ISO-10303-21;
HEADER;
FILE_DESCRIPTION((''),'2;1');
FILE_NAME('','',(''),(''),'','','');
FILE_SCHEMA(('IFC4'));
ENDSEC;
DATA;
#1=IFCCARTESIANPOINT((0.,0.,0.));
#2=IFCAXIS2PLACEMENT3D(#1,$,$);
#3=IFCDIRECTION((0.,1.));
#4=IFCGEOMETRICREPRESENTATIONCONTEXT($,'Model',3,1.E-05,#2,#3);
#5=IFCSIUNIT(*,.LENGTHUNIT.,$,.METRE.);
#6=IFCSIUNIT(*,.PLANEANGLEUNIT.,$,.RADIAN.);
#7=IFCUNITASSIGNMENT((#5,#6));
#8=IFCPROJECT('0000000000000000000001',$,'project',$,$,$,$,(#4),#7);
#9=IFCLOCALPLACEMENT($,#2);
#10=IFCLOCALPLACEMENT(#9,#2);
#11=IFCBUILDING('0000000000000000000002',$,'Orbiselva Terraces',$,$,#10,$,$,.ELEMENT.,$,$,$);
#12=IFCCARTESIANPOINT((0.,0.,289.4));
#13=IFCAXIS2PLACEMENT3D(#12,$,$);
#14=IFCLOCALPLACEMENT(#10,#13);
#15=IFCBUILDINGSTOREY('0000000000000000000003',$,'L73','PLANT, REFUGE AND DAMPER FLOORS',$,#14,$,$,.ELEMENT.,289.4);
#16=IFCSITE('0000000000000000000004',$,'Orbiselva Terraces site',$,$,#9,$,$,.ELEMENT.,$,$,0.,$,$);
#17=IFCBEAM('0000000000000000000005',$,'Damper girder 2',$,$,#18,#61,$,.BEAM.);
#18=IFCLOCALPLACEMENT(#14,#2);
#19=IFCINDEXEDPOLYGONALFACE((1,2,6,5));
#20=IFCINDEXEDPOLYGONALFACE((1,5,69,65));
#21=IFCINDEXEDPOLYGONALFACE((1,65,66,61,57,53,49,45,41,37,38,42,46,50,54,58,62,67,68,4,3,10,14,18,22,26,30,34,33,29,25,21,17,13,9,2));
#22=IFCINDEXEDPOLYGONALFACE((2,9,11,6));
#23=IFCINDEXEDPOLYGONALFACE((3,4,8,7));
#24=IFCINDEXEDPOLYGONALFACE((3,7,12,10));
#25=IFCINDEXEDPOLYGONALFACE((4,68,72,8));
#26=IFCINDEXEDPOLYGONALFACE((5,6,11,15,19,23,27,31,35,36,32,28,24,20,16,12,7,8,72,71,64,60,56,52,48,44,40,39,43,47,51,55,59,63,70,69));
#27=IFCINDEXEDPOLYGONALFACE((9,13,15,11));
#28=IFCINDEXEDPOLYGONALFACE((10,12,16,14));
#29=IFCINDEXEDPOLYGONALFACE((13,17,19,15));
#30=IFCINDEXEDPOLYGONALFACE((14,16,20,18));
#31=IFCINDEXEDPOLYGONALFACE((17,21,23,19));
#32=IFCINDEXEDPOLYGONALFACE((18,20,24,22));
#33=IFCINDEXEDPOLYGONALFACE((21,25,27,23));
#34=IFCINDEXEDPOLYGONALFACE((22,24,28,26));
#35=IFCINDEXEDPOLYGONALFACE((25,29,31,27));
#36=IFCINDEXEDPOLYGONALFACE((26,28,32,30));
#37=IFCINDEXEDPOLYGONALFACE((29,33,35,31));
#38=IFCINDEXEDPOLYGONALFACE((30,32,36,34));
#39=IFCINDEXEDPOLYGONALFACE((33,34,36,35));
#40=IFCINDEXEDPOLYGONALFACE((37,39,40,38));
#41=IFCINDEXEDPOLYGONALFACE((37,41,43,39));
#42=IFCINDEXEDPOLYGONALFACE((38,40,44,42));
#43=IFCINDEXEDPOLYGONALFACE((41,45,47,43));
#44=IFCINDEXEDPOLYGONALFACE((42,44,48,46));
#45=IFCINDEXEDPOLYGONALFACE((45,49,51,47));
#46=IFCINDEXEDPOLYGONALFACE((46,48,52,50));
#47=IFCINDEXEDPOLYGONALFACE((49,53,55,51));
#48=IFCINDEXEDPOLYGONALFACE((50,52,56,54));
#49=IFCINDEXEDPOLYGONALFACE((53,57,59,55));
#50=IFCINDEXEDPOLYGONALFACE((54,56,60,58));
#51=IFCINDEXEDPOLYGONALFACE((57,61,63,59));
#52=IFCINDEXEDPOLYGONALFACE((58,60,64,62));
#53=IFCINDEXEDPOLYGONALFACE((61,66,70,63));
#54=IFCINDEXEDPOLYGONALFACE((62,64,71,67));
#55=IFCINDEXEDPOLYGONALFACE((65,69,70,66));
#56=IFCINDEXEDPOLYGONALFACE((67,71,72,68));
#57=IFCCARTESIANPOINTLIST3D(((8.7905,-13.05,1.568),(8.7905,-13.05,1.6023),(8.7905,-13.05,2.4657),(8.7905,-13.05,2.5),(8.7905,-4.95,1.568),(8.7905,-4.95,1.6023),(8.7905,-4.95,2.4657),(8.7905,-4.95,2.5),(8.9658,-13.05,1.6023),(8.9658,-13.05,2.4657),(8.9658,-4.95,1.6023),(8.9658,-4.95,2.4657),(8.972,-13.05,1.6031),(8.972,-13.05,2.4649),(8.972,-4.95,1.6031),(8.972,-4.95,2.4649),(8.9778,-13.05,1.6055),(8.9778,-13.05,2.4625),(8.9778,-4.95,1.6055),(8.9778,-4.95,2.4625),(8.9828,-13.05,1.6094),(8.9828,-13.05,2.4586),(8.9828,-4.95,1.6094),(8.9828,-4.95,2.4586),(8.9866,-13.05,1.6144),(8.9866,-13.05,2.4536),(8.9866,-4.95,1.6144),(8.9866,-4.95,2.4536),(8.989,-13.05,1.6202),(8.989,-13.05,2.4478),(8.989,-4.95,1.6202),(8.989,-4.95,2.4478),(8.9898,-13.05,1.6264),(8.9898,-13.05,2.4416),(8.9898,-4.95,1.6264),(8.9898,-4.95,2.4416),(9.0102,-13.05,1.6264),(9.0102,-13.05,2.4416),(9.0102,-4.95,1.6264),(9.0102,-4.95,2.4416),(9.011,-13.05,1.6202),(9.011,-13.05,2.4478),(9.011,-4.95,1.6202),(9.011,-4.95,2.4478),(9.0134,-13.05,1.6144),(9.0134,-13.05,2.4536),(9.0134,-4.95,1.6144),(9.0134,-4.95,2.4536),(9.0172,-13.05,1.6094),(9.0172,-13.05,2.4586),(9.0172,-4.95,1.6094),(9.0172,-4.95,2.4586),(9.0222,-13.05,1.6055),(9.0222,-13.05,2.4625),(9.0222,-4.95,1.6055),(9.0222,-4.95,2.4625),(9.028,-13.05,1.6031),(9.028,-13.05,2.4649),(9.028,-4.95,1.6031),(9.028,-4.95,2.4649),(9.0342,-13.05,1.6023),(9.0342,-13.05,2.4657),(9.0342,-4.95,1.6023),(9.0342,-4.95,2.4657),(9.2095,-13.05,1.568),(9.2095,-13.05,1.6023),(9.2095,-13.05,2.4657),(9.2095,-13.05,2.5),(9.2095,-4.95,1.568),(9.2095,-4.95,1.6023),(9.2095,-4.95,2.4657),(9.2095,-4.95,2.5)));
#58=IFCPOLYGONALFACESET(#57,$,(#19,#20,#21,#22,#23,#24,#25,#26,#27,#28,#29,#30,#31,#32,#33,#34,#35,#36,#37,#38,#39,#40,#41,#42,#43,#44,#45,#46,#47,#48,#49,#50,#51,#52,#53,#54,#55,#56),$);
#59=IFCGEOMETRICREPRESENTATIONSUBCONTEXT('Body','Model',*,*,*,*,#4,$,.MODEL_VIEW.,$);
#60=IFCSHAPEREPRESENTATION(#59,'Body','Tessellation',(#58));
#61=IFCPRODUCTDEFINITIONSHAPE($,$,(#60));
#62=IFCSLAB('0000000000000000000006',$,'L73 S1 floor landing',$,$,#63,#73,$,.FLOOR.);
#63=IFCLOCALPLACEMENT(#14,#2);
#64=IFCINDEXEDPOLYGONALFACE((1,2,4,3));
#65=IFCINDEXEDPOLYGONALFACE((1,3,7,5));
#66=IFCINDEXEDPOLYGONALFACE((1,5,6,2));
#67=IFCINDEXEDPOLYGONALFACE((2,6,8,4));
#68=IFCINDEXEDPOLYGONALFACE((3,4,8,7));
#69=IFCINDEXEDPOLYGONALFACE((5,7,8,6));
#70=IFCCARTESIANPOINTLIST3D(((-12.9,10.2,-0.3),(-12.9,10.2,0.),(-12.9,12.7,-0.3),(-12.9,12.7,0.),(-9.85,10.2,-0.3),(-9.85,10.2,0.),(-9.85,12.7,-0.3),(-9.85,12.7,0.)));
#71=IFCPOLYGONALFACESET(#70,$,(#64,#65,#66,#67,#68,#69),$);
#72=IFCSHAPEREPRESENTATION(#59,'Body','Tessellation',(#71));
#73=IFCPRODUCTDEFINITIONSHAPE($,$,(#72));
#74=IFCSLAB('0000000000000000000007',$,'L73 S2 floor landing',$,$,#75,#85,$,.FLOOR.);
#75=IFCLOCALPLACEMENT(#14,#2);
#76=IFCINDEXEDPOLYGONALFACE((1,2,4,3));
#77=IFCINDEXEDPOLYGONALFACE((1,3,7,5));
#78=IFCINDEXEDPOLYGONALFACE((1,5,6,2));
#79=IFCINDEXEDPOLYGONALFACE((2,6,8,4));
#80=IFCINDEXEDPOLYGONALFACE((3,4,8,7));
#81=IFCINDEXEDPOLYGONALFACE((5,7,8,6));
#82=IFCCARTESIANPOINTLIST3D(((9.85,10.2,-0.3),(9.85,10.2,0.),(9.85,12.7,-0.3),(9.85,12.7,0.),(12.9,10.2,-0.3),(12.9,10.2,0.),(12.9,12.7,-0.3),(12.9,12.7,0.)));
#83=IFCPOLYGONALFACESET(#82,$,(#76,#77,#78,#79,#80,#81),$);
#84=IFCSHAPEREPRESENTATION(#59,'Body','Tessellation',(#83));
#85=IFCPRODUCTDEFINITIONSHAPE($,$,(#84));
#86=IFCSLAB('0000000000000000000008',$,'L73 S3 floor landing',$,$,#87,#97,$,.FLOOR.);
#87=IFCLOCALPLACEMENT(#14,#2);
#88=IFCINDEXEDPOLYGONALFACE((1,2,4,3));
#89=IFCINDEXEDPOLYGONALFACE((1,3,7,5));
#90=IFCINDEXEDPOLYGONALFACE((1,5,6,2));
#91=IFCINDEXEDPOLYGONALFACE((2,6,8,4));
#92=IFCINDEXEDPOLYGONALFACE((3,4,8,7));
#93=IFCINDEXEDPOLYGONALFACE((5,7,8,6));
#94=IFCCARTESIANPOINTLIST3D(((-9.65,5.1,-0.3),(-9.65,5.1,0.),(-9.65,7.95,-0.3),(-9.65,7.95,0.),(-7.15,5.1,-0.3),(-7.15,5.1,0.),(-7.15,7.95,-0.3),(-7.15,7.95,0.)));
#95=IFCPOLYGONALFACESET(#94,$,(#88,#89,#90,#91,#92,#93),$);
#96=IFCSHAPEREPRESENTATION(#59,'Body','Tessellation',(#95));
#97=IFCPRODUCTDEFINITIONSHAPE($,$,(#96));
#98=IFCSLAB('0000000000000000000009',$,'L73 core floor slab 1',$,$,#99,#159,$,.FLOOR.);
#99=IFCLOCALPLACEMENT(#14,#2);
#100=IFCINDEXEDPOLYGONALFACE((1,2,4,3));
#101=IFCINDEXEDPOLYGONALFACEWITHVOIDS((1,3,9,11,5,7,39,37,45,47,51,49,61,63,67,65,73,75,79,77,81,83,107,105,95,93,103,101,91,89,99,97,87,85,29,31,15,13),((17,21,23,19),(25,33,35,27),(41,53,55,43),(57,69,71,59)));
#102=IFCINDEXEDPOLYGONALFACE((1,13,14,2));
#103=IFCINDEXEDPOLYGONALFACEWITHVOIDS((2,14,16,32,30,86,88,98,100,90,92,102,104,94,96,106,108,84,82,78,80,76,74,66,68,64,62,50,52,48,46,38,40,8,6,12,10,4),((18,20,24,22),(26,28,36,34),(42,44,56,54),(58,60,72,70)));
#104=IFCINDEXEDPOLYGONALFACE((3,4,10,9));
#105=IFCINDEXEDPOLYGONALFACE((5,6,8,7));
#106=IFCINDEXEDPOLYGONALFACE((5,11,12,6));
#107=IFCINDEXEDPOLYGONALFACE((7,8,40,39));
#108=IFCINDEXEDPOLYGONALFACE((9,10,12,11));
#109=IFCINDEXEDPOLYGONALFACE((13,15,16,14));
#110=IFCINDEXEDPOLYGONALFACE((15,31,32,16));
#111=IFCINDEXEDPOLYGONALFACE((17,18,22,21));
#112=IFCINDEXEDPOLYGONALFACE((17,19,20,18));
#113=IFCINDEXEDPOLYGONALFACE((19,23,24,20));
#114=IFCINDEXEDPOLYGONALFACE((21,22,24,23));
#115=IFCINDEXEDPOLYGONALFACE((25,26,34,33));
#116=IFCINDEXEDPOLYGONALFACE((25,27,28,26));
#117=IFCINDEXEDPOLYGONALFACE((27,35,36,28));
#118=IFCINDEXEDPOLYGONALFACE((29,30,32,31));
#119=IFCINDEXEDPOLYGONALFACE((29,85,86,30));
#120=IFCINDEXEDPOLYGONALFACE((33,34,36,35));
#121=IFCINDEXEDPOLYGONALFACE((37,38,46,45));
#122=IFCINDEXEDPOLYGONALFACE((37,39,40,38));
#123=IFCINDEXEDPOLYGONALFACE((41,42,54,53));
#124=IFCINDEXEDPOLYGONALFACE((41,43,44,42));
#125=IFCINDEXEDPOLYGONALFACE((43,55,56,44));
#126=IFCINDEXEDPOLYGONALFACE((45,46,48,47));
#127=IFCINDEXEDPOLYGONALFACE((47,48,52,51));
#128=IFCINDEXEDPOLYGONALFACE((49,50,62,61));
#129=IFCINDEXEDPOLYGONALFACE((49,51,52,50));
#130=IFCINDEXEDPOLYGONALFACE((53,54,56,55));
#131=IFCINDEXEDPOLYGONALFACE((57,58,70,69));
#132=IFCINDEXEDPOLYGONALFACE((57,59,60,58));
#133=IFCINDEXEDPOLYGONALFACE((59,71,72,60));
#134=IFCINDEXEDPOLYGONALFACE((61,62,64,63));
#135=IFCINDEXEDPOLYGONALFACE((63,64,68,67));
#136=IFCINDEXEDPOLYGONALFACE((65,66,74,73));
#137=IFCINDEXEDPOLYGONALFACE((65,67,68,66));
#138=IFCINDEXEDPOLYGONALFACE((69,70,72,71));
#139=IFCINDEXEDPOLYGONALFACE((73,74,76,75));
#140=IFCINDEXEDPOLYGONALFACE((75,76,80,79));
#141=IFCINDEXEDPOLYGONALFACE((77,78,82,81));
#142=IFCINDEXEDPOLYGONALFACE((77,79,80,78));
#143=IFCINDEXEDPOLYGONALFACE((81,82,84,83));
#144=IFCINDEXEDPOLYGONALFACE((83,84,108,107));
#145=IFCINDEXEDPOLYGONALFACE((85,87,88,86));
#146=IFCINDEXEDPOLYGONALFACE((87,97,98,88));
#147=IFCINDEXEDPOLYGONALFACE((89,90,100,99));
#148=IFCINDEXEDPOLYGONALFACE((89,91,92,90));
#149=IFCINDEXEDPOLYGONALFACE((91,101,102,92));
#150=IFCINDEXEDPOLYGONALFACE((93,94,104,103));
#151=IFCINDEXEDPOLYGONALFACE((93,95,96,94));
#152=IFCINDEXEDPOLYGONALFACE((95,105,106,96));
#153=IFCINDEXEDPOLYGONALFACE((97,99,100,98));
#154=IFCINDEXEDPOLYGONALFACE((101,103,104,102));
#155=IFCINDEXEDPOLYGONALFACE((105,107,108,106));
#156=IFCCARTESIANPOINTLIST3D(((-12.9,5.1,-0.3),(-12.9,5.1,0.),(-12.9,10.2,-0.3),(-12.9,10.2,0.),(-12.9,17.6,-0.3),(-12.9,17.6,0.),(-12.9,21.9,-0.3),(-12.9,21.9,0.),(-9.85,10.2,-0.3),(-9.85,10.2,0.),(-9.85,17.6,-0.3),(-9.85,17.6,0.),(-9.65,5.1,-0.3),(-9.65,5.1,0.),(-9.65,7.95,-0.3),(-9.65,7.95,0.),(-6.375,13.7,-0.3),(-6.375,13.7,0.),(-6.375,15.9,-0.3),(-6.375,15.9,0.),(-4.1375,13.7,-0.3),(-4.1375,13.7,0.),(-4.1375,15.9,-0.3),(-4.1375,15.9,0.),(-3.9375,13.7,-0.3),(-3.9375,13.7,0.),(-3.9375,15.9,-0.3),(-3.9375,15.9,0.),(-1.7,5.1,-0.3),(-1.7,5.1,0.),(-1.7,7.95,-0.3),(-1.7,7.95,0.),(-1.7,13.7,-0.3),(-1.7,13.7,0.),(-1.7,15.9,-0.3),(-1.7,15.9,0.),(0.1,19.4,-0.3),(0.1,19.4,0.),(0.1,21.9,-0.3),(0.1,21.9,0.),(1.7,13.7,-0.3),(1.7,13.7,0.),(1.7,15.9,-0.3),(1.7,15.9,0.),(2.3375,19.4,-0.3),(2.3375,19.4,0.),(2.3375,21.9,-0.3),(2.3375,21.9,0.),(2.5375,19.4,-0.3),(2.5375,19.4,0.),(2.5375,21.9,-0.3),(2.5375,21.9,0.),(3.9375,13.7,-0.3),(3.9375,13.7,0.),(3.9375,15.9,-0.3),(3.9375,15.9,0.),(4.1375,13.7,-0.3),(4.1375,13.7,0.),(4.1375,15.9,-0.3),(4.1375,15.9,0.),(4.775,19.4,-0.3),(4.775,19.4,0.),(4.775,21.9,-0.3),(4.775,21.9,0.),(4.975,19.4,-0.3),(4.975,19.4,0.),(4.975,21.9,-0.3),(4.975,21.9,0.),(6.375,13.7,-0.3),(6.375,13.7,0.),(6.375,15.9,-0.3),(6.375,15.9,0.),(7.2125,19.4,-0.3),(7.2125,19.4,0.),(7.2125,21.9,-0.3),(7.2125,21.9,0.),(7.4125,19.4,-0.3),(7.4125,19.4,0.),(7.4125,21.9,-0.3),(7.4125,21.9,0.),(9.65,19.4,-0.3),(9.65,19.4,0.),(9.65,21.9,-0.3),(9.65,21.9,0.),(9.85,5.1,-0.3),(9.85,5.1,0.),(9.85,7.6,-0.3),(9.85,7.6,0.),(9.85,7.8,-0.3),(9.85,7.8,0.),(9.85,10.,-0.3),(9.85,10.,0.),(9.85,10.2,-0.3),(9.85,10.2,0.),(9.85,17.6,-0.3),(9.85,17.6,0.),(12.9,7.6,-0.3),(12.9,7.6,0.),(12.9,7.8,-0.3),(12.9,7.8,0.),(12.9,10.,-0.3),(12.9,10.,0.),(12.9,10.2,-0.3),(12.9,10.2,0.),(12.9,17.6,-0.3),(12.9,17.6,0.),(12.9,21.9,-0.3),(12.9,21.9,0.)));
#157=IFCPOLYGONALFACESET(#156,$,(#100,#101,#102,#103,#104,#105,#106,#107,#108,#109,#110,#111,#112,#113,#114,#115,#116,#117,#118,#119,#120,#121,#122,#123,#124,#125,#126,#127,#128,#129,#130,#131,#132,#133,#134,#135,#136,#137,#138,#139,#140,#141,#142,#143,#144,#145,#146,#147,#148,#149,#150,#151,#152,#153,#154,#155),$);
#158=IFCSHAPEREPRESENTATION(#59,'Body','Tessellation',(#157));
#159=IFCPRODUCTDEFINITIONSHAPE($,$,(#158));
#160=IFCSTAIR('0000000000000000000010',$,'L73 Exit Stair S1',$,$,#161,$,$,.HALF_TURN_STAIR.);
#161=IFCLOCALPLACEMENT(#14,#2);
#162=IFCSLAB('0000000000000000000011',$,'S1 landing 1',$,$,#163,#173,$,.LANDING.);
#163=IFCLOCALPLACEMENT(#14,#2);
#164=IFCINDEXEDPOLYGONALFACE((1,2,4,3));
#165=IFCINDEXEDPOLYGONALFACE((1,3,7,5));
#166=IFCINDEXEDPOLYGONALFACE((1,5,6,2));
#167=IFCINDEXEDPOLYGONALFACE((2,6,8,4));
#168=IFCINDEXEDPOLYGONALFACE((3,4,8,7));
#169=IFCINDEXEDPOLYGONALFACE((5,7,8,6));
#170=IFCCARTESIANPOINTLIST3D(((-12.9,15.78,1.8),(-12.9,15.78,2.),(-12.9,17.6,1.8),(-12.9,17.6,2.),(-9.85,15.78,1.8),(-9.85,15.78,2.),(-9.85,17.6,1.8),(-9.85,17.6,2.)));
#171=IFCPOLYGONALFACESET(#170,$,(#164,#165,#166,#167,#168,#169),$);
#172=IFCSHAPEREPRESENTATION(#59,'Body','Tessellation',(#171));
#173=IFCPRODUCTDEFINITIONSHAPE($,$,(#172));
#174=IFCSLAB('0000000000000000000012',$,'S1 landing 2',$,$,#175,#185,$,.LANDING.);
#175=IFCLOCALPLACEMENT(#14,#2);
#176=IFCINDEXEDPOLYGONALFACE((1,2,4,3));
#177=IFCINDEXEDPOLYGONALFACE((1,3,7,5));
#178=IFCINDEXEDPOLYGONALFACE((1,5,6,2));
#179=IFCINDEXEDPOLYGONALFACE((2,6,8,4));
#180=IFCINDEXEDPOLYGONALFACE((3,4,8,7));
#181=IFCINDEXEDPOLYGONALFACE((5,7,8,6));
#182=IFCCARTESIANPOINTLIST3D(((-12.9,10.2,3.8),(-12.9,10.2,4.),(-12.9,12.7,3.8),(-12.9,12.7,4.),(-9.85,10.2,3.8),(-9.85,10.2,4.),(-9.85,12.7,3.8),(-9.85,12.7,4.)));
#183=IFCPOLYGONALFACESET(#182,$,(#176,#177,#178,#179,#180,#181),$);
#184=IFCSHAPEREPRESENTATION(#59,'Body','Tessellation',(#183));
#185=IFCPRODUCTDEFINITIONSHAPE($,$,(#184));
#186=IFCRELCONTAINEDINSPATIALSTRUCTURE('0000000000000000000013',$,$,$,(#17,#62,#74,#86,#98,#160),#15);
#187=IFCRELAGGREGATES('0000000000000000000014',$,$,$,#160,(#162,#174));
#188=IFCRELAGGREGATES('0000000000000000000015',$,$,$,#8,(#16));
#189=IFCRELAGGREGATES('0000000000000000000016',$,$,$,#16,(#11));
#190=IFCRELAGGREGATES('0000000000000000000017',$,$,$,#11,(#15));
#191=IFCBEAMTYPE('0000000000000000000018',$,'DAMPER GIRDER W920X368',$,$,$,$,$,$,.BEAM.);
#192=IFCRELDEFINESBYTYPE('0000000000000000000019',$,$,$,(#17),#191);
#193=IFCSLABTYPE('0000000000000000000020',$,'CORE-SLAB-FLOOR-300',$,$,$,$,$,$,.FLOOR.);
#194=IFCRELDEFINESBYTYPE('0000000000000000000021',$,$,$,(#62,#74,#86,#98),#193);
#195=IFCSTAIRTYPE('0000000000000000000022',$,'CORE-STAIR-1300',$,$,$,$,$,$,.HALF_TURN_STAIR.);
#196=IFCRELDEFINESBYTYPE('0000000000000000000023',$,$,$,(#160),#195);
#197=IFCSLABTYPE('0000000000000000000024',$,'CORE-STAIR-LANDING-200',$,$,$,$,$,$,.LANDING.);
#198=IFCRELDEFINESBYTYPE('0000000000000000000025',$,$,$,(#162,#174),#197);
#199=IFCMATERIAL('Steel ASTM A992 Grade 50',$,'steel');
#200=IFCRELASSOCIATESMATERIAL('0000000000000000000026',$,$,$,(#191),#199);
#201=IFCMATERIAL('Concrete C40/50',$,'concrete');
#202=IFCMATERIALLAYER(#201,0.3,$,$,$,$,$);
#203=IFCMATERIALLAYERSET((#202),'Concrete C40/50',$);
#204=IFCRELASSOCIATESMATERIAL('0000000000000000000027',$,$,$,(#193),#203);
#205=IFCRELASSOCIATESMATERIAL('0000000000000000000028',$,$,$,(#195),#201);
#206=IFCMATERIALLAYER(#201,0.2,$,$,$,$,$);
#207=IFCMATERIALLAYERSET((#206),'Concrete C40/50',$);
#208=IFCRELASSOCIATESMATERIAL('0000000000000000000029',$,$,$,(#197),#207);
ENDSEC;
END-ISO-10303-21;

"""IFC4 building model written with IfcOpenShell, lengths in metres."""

from ifc_helpers import new_model, si_unit, direction, frame, origin, origin_2d, place, context, subcontext, project, spatial, polyline, i_section, outline, extrude, material, layer, layer_set, material_profile, profile_set, type_object, element, aggregate, save


model = new_model("IFC4")

# Units and contexts
model_context = context("Model", 3, precision=1e-05, world=origin(), true_north=direction((0.0, 1.0)))
body_context = subcontext(model_context, "Body", "Model", "MODEL_VIEW")
ifc_project = project(units=[si_unit("LENGTHUNIT", "METRE"), si_unit("PLANEANGLEUNIT", "RADIAN")], contexts=[model_context])

# Site, building, storey
site_placement = place(None, origin())
site = spatial("IfcSite", under=ifc_project, at=site_placement, Name="Orbiselva Terraces site", CompositionType="ELEMENT", RefElevation=0.0)
building_placement = place(site_placement, origin())
building = spatial("IfcBuilding", under=site, at=building_placement, Name="Orbiselva Terraces", CompositionType="ELEMENT")
storey_placement = place(building_placement, frame((0.0, 0.0, 289.4)))
storey = spatial("IfcBuildingStorey", under=building, at=storey_placement, Name="L73", Description="PLANT, REFUGE AND DAMPER FLOORS", CompositionType="ELEMENT", Elevation=289.4)

# Beam
ifc_material_1 = material(Name="Steel ASTM A992 Grade 50", Category="steel")
ifc_material_profile_1 = material_profile(ifc_material_1, i_section(OverallWidth=0.419, OverallDepth=0.932, WebThickness=0.0203, FlangeThickness=0.0343, FilletRadius=0.0241, at=origin_2d()), Name="W920X368")
ifc_profile_set_1 = profile_set([ifc_material_profile_1], Name="Steel ASTM A992 Grade 50")
beam_type_1 = type_object("IfcBeamType", Name="DAMPER GIRDER W920X368", PredefinedType="BEAM", material=ifc_profile_set_1)
beam_placement = place(storey_placement, frame((9.0, -13.05, 2.034), z_axis=(0.0, 1.0, 0.0), x_axis=(-1.0, 0.0, 0.0)))
element("IfcBeam", 1, at=beam_placement, inside=storey, type_object=beam_type_1, Name="Damper girder 2", PredefinedType="BEAM", context=body_context, shape_type="SweptSolid", body=[
    extrude(i_section(OverallWidth=0.419, OverallDepth=0.932, WebThickness=0.0203, FlangeThickness=0.0343, FilletRadius=0.0241, at=origin_2d()), origin(), (0.0, 0.0, 1.0), 8.1),
])

# Slabs
ifc_material_2 = material(Name="Concrete C40/50", Category="concrete")
ifc_layer_1 = layer(ifc_material_2, 0.3)
ifc_layer_set_1 = layer_set([ifc_layer_1], Name="Concrete C40/50")
slab_type_1 = type_object("IfcSlabType", Name="CORE-SLAB-FLOOR-300", PredefinedType="FLOOR", material=ifc_layer_set_1)
slab_1_placement = place(storey_placement, frame((0.0, 0.0, -0.3)))
element("IfcSlab", 2, at=slab_1_placement, inside=storey, type_object=slab_type_1, Name="L73 S1 floor landing", PredefinedType="FLOOR", context=body_context, shape_type="SweptSolid", body=[
    extrude(outline(polyline([(-12.9, 12.7), (-9.85, 12.7), (-9.85, 10.2), (-12.9, 10.2), (-12.9, 12.7)])), origin(), (0.0, 0.0, 1.0), 0.3),
])
slab_2_placement = place(storey_placement, frame((0.0, 0.0, -0.3)))
element("IfcSlab", 3, at=slab_2_placement, inside=storey, type_object=slab_type_1, Name="L73 S2 floor landing", PredefinedType="FLOOR", context=body_context, shape_type="SweptSolid", body=[
    extrude(outline(polyline([(12.9, 12.7), (12.9, 10.2), (9.85, 10.2), (9.85, 12.7), (12.9, 12.7)])), origin(), (0.0, 0.0, 1.0), 0.3),
])
slab_3_placement = place(storey_placement, frame((0.0, 0.0, -0.3)))
element("IfcSlab", 4, at=slab_3_placement, inside=storey, type_object=slab_type_1, Name="L73 S3 floor landing", PredefinedType="FLOOR", context=body_context, shape_type="SweptSolid", body=[
    extrude(outline(polyline([(-7.15, 5.1), (-9.65, 5.1), (-9.65, 7.95), (-7.15, 7.95), (-7.15, 5.1)])), origin(), (0.0, 0.0, 1.0), 0.3),
])
slab_4_placement = place(storey_placement, frame((0.0, 0.0, -0.3)))
element("IfcSlab", 5, at=slab_4_placement, inside=storey, type_object=slab_type_1, Name="L73 core floor slab 1", PredefinedType="FLOOR", context=body_context, shape_type="SweptSolid", body=[
    extrude(outline(polyline([(-1.7, 5.1), (-1.7, 7.95), (-9.65, 7.95), (-9.65, 5.1), (-12.9, 5.1), (-12.9, 10.2), (-9.85, 10.2), (-9.85, 17.6), (-12.9, 17.6), (-12.9, 21.9), (0.1, 21.9), (0.1, 19.4), (2.3375, 19.4), (2.3375, 21.9), (2.5375, 21.9), (2.5375, 19.4), (4.775, 19.4), (4.775, 21.9), (4.975, 21.9), (4.975, 19.4), (7.2125, 19.4), (7.2125, 21.9), (7.4125, 21.9), (7.4125, 19.4), (9.65, 19.4), (9.65, 21.9), (12.9, 21.9), (12.9, 17.6), (9.85, 17.6), (9.85, 10.2), (12.9, 10.2), (12.9, 10.0), (9.85, 10.0), (9.85, 7.8), (12.9, 7.8), (12.9, 7.6), (9.85, 7.6), (9.85, 5.1), (-1.7, 5.1)]), holes=[polyline([(-4.1375, 13.7), (-4.1375, 15.9), (-6.375, 15.9), (-6.375, 13.7), (-4.1375, 13.7)]), polyline([(-1.7, 13.7), (-1.7, 15.9), (-3.9375, 15.9), (-3.9375, 13.7), (-1.7, 13.7)]), polyline([(3.9375, 15.9), (1.7, 15.9), (1.7, 13.7), (3.9375, 13.7), (3.9375, 15.9)]), polyline([(6.375, 13.7), (6.375, 15.9), (4.1375, 15.9), (4.1375, 13.7), (6.375, 13.7)])]), origin(), (0.0, 0.0, 1.0), 0.3),
])

# Stair, slabs
stair_type_1 = type_object("IfcStairType", Name="CORE-STAIR-1300", PredefinedType="HALF_TURN_STAIR", material=ifc_material_2)
stair_1_placement = place(storey_placement, origin())
stair_1 = element("IfcStair", 6, at=stair_1_placement, inside=storey, type_object=stair_type_1, Name="L73 Exit Stair S1", PredefinedType="HALF_TURN_STAIR")
ifc_layer_2 = layer(ifc_material_2, 0.2)
ifc_layer_set_2 = layer_set([ifc_layer_2], Name="Concrete C40/50")
slab_type_2 = type_object("IfcSlabType", Name="CORE-STAIR-LANDING-200", PredefinedType="LANDING", material=ifc_layer_set_2)
slab_5_placement = place(storey_placement, frame((0.0, 0.0, 1.8)))
slab_5 = element("IfcSlab", 7, at=slab_5_placement, type_object=slab_type_2, Name="S1 landing 1", PredefinedType="LANDING", context=body_context, shape_type="SweptSolid", body=[
    extrude(outline(polyline([(-9.85, 15.78), (-9.85, 17.6), (-12.9, 17.6), (-12.9, 15.78), (-9.85, 15.78)])), origin(), (0.0, 0.0, 1.0), 0.2),
])
slab_6_placement = place(storey_placement, frame((0.0, 0.0, 3.8)))
slab_6 = element("IfcSlab", 8, at=slab_6_placement, type_object=slab_type_2, Name="S1 landing 2", PredefinedType="LANDING", context=body_context, shape_type="SweptSolid", body=[
    extrude(outline(polyline([(-9.85, 10.2), (-9.85, 12.7), (-12.9, 12.7), (-12.9, 10.2), (-9.85, 10.2)])), origin(), (0.0, 0.0, 1.0), 0.2),
])
aggregate(stair_1, [slab_5, slab_6])

save(model, "model.ifc")
